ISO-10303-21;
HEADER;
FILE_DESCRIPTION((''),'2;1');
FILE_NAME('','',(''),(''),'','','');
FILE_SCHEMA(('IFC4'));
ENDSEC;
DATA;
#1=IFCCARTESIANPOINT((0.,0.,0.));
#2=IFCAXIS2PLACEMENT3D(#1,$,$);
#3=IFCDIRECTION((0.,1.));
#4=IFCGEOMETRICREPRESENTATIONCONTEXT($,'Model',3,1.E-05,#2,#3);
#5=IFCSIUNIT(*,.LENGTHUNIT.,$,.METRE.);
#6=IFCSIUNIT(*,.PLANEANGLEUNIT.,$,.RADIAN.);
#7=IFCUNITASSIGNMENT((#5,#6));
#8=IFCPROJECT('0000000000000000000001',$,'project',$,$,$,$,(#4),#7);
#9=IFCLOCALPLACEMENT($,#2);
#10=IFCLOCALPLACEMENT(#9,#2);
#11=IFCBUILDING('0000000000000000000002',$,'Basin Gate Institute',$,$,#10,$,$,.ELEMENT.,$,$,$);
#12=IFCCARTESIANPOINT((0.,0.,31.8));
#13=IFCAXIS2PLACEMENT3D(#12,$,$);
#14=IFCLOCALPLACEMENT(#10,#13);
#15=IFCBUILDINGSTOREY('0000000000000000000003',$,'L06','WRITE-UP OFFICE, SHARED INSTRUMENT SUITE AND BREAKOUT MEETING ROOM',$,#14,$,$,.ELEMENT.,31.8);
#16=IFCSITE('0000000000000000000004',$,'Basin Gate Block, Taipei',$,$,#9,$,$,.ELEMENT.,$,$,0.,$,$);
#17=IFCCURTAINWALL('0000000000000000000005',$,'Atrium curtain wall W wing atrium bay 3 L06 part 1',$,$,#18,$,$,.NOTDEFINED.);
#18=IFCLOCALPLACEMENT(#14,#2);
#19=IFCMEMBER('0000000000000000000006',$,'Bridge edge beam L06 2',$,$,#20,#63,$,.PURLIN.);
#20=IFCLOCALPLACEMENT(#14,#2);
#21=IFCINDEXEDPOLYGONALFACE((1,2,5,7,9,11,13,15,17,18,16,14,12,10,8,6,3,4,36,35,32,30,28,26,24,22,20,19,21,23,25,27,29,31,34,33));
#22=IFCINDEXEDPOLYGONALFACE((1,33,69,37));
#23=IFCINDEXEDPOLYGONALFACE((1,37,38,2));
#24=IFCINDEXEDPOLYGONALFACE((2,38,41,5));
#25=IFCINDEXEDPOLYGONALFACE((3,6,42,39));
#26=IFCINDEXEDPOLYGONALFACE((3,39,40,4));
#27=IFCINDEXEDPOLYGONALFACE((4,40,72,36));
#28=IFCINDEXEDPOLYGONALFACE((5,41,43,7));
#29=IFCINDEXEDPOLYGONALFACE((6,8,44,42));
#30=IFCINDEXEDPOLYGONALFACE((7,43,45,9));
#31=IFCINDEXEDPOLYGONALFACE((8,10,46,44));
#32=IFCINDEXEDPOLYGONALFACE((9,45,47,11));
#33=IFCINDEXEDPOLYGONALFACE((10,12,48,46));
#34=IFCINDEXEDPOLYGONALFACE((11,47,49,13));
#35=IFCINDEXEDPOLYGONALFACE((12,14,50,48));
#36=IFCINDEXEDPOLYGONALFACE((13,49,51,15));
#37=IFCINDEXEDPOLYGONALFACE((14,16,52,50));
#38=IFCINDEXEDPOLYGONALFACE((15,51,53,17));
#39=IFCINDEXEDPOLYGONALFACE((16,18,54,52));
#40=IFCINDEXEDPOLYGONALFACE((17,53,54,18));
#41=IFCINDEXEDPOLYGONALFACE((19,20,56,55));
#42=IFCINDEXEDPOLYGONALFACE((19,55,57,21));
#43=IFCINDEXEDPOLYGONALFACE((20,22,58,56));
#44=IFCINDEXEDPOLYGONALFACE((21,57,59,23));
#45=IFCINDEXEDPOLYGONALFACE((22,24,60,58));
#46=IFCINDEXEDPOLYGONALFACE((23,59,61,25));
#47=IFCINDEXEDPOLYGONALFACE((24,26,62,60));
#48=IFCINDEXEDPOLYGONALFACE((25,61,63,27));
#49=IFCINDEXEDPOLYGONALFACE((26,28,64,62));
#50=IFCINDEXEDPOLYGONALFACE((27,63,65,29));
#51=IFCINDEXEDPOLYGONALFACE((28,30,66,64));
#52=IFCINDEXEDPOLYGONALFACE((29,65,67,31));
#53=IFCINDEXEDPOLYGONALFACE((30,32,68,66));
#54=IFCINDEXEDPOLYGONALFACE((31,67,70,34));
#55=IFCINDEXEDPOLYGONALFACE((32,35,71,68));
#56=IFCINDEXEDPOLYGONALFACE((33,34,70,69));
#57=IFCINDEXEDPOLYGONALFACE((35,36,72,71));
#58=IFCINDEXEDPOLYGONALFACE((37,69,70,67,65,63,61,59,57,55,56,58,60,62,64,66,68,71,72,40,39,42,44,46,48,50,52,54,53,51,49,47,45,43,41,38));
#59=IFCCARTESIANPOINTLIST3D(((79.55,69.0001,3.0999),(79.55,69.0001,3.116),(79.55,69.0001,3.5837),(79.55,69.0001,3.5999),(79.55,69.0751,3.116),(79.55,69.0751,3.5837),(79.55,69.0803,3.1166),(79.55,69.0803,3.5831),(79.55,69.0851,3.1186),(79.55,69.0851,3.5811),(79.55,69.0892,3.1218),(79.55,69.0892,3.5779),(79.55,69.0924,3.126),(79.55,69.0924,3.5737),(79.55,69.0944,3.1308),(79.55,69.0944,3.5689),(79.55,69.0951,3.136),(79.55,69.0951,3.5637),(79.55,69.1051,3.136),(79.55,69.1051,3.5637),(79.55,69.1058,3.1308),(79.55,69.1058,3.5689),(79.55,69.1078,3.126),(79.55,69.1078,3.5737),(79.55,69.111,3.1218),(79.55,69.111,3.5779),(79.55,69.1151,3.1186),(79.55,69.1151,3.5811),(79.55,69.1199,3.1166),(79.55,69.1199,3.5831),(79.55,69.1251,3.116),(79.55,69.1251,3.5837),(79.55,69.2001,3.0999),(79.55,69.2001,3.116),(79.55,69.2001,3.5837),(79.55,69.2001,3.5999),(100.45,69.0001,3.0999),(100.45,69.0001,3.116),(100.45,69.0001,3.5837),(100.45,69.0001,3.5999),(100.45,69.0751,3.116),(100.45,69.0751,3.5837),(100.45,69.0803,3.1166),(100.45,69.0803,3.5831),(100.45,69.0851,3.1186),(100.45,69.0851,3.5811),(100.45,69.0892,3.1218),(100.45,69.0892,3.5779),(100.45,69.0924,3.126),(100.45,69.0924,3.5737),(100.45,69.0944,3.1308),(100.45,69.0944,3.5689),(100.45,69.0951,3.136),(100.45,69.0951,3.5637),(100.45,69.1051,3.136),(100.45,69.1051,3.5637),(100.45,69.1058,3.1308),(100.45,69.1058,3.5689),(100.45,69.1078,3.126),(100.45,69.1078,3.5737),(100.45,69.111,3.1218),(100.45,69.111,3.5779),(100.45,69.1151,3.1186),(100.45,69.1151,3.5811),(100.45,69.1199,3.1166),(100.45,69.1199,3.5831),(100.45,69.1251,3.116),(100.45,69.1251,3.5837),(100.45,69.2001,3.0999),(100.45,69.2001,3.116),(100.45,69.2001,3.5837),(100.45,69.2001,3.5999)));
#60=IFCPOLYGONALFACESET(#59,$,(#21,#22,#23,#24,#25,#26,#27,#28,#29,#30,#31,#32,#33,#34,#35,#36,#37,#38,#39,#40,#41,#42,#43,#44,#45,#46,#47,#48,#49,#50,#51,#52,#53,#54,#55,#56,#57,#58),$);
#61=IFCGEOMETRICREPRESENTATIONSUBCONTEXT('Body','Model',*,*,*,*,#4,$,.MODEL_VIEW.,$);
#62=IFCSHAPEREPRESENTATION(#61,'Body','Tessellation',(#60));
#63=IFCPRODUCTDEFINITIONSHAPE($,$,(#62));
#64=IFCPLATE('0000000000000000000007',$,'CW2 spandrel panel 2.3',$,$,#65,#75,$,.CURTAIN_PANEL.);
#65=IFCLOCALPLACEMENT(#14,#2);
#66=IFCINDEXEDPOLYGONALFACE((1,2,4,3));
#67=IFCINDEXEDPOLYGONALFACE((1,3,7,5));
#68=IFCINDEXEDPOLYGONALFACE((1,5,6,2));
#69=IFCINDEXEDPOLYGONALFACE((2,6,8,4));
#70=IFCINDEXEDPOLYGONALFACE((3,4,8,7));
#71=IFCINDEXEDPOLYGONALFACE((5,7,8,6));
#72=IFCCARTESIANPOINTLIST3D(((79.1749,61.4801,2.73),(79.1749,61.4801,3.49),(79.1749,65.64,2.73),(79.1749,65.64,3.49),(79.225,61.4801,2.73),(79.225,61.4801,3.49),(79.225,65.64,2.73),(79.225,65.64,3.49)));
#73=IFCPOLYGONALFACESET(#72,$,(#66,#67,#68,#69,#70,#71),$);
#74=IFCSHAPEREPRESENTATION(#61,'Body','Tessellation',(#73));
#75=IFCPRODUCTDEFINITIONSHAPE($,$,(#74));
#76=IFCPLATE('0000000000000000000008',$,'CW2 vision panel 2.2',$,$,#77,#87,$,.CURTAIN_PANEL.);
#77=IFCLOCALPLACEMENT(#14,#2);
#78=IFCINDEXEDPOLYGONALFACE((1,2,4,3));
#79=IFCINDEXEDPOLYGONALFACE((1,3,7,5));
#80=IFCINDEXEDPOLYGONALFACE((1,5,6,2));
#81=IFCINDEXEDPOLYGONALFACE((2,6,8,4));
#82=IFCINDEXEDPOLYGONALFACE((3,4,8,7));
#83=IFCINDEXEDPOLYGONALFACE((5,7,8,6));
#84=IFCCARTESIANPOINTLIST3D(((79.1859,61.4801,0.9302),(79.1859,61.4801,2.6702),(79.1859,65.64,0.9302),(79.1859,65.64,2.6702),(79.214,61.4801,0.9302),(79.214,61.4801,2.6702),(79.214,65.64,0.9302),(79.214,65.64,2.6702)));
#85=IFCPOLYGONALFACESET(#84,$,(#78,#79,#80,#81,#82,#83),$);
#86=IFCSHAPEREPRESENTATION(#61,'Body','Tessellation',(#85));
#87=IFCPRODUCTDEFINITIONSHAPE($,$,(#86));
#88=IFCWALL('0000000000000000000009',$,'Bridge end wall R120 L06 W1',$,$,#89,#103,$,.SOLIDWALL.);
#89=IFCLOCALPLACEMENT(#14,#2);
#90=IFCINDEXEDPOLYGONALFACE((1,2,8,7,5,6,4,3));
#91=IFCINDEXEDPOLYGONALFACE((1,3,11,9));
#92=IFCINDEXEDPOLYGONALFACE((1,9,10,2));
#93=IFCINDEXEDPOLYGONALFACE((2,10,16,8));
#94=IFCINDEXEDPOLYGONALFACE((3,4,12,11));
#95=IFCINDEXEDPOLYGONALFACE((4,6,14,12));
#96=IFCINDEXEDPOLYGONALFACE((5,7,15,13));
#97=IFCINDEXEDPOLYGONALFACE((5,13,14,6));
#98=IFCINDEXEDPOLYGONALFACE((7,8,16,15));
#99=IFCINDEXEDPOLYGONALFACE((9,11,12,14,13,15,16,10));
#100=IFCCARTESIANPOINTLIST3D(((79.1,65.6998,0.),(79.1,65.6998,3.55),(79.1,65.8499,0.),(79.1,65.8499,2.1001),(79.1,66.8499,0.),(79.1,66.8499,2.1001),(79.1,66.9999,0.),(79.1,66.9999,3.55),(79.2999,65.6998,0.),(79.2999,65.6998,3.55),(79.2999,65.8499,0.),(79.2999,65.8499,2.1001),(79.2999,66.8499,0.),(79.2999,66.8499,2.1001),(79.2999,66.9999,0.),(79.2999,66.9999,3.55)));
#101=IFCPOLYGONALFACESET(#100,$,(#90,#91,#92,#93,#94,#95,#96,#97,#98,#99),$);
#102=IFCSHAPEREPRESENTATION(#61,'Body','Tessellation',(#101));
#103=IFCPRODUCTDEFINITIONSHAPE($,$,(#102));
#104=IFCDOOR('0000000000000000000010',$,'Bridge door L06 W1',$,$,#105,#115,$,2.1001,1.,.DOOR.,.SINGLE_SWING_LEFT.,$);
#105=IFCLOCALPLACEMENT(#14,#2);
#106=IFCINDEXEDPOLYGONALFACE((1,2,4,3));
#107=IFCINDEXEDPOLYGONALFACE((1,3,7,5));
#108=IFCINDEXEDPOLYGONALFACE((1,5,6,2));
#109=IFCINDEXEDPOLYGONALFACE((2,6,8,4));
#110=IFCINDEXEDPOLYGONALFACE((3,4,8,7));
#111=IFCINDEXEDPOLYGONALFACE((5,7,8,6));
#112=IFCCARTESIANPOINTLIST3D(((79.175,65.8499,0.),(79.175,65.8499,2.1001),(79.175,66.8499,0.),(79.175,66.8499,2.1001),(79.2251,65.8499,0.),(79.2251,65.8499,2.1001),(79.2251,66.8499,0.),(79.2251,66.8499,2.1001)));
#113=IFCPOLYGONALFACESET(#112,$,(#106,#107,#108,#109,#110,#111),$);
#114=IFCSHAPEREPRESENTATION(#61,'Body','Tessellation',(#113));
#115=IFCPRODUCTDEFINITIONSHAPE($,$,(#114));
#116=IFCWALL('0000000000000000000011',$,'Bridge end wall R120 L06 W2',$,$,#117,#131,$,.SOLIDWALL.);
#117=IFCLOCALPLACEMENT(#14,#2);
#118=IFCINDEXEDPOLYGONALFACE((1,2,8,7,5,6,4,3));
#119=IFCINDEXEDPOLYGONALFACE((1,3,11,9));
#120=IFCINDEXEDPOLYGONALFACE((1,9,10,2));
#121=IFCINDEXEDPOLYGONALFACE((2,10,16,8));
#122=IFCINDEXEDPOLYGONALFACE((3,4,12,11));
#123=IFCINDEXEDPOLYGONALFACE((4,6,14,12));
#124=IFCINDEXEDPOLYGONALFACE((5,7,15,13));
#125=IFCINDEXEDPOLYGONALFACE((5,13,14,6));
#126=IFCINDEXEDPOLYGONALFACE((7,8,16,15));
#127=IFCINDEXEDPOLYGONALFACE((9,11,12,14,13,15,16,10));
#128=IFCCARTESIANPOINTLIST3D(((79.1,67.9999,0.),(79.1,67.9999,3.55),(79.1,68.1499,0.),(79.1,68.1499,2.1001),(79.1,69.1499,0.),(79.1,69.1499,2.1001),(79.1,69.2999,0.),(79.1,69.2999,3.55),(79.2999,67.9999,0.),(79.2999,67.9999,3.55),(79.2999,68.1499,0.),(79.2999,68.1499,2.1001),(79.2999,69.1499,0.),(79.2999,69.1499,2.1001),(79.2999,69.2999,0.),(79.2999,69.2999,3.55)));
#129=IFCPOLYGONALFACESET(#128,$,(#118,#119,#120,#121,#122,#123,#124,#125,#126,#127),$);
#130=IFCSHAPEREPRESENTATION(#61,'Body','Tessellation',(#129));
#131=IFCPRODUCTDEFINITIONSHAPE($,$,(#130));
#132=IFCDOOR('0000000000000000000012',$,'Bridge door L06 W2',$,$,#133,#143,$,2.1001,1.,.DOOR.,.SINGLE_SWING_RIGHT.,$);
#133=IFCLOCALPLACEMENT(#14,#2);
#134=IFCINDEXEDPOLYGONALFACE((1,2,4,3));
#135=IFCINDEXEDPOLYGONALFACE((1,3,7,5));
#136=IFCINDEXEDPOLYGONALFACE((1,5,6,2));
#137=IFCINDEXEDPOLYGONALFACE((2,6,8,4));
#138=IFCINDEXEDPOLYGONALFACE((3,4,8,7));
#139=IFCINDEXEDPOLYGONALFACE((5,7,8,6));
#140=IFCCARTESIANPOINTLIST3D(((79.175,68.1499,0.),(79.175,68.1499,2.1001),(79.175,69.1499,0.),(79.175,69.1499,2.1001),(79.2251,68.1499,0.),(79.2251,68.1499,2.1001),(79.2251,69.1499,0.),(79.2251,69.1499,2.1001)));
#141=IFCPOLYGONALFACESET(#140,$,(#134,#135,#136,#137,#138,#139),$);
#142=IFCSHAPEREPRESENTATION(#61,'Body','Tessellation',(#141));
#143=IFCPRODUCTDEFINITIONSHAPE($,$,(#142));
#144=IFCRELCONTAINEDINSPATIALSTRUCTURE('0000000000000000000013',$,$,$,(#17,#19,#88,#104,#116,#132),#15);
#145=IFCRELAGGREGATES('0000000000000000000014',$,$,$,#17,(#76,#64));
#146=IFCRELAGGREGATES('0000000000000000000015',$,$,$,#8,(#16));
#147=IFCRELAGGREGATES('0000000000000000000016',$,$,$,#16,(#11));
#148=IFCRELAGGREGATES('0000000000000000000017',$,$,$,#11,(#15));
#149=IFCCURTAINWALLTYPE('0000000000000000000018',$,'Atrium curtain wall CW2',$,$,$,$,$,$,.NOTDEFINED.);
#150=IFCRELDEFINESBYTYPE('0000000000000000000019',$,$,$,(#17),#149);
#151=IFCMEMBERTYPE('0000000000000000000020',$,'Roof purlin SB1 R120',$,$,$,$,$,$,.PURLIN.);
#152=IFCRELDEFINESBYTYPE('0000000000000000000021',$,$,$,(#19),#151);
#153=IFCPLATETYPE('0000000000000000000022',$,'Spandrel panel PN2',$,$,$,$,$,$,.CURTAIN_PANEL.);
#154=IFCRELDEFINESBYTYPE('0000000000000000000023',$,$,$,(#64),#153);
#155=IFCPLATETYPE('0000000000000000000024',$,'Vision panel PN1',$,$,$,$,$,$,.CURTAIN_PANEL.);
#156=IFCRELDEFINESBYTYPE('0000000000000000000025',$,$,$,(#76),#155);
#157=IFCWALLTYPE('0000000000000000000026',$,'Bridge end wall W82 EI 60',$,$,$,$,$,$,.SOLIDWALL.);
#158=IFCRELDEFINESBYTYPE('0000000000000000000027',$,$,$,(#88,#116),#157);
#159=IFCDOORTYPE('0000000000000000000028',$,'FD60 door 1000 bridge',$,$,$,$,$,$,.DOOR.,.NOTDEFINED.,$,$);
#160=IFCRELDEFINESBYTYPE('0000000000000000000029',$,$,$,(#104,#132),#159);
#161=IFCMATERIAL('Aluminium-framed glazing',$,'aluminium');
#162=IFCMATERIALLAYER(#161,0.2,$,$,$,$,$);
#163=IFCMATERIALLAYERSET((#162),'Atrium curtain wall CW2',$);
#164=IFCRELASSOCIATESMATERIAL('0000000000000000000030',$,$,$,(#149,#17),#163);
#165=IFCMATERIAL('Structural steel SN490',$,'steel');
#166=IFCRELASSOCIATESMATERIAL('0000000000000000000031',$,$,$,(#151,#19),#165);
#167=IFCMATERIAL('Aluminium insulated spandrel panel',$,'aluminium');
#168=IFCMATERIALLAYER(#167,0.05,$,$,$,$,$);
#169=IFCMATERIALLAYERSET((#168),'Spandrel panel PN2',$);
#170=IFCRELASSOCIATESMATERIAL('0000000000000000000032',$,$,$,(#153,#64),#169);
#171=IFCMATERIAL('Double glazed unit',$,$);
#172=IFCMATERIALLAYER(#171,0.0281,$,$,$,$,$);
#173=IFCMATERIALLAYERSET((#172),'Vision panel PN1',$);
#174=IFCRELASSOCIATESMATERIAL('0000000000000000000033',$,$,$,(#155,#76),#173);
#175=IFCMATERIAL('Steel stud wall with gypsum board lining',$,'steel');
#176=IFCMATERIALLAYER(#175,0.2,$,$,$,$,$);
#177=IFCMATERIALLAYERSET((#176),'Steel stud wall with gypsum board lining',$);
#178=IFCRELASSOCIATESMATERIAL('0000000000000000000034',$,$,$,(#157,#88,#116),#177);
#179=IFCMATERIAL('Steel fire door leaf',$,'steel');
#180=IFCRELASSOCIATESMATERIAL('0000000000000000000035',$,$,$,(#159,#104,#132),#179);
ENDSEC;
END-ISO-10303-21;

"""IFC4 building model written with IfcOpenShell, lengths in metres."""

from ifc_helpers import new_model, si_unit, direction, frame, frame_2d, origin, origin_2d, place, context, subcontext, project, spatial, rectangle, i_section, extrude, material, layer, layer_set, material_profile, profile_set, type_object, element, fill, aggregate, save


model = new_model("IFC4")

# Units and contexts
model_context = context("Model", 3, precision=1e-05, world=origin(), true_north=direction((0.0, 1.0)))
body_context = subcontext(model_context, "Body", "Model", "MODEL_VIEW")
ifc_project = project(units=[si_unit("LENGTHUNIT", "METRE"), si_unit("PLANEANGLEUNIT", "RADIAN")], contexts=[model_context])

# Site, building, storey
site_placement = place(None, origin())
site = spatial("IfcSite", under=ifc_project, at=site_placement, Name="Basin Gate Block, Taipei", CompositionType="ELEMENT", RefElevation=0.0)
building_placement = place(site_placement, origin())
building = spatial("IfcBuilding", under=site, at=building_placement, Name="Basin Gate Institute", CompositionType="ELEMENT")
storey_placement = place(building_placement, frame((0.0, 0.0, 31.8)))
storey = spatial("IfcBuildingStorey", under=building, at=storey_placement, Name="L06", Description="WRITE-UP OFFICE, SHARED INSTRUMENT SUITE AND BREAKOUT MEETING ROOM", CompositionType="ELEMENT", Elevation=31.8)

# Curtain wall
ifc_material_1 = material(Name="Aluminium-framed glazing", Category="aluminium")
ifc_layer_1 = layer(ifc_material_1, 0.2)
ifc_layer_set_1 = layer_set([ifc_layer_1], Name="Atrium curtain wall CW2")
curtain_wall_type_1 = type_object("IfcCurtainWallType", Name="Atrium curtain wall CW2", PredefinedType="NOTDEFINED", material=ifc_layer_set_1)
curtain_wall_1_placement = place(storey_placement, origin())
curtain_wall_1 = element("IfcCurtainWall", 1, at=curtain_wall_1_placement, inside=storey, type_object=curtain_wall_type_1, material=ifc_layer_set_1, Name="Atrium curtain wall W wing atrium bay 3 L06 part 1", PredefinedType="NOTDEFINED")

# Member
ifc_material_2 = material(Name="Structural steel SN490", Category="steel")
ifc_material_profile_1 = material_profile(ifc_material_2, i_section(OverallWidth=0.2, OverallDepth=0.5, WebThickness=0.01, FlangeThickness=0.0161, FilletRadius=0.02, at=origin_2d()), Name="H500x200")
ifc_profile_set_1 = profile_set([ifc_material_profile_1], Name="Structural steel SN490")
member_type_1 = type_object("IfcMemberType", Name="Roof purlin SB1 R120", PredefinedType="PURLIN", material=ifc_profile_set_1)
for number, where, z_axis, x_axis, name in (
    (2, (79.55, 69.1001, 3.3499), (1.0, 0.0, 0.0), (0.0, 1.0, 0.0), "Bridge edge beam L06 2"),
):
    element("IfcMember", number, at=place(storey_placement, frame(where, z_axis=z_axis, x_axis=x_axis)), inside=storey, type_object=member_type_1, material=ifc_profile_set_1, Name=name, PredefinedType="PURLIN", context=body_context, shape_type="SweptSolid", body=[
        extrude(i_section(OverallWidth=0.2, OverallDepth=0.5, WebThickness=0.01, FlangeThickness=0.0161, FilletRadius=0.02, at=origin_2d()), origin(), (0.0, 0.0, 1.0), 20.8999),
    ])

# Plates
ifc_material_3 = material(Name="Aluminium insulated spandrel panel", Category="aluminium")
ifc_layer_2 = layer(ifc_material_3, 0.05)
ifc_layer_set_2 = layer_set([ifc_layer_2], Name="Spandrel panel PN2")
plate_type_1 = type_object("IfcPlateType", Name="Spandrel panel PN2", PredefinedType="CURTAIN_PANEL", material=ifc_layer_set_2)
plate_1_placement = place(storey_placement, frame((79.2, 63.5601, 2.73), z_axis=(0.0, 0.0, 1.0), x_axis=(0.0, 1.0, 0.0)))
plate_1 = element("IfcPlate", 3, at=plate_1_placement, type_object=plate_type_1, material=ifc_layer_set_2, Name="CW2 spandrel panel 2.3", PredefinedType="CURTAIN_PANEL", context=body_context, shape_type="SweptSolid", body=[
    extrude(rectangle(XDim=4.1599, YDim=0.05, at=origin_2d()), origin(), (0.0, 0.0, 1.0), 0.76),
])
ifc_material_4 = material(Name="Double glazed unit")
ifc_layer_3 = layer(ifc_material_4, 0.0281)
ifc_layer_set_3 = layer_set([ifc_layer_3], Name="Vision panel PN1")
plate_type_2 = type_object("IfcPlateType", Name="Vision panel PN1", PredefinedType="CURTAIN_PANEL", material=ifc_layer_set_3)
plate_2_placement = place(storey_placement, frame((79.2, 63.5601, 0.9302), z_axis=(0.0, 0.0, 1.0), x_axis=(0.0, 1.0, 0.0)))
plate_2 = element("IfcPlate", 4, at=plate_2_placement, type_object=plate_type_2, material=ifc_layer_set_3, Name="CW2 vision panel 2.2", PredefinedType="CURTAIN_PANEL", context=body_context, shape_type="SweptSolid", body=[
    extrude(rectangle(XDim=4.1599, YDim=0.0281, at=origin_2d()), origin(), (0.0, 0.0, 1.0), 1.74),
])
aggregate(curtain_wall_1, [plate_2, plate_1])

# Walls, openings, doors
ifc_material_5 = material(Name="Steel stud wall with gypsum board lining", Category="steel")
ifc_layer_4 = layer(ifc_material_5, 0.2)
ifc_layer_set_4 = layer_set([ifc_layer_4], Name="Steel stud wall with gypsum board lining")
wall_type = type_object("IfcWallType", Name="Bridge end wall W82 EI 60", PredefinedType="SOLIDWALL", material=ifc_layer_set_4)
wall_1_placement = place(storey_placement, frame((79.2, 65.7, 0.0), z_axis=(0.0, 0.0, 1.0), x_axis=(0.0, 1.0, 0.0)))
wall_1 = element("IfcWall", 5, at=wall_1_placement, inside=storey, type_object=wall_type, material=ifc_layer_set_4, Name="Bridge end wall R120 L06 W1", PredefinedType="SOLIDWALL", context=body_context, shape_type="SweptSolid", body=[
    extrude(rectangle(XDim=1.3, YDim=0.2, at=frame_2d((0.6499, 0.0))), origin(), (0.0, 0.0, 1.0), 3.55),
])
opening_1_placement = place(wall_1_placement, frame((0.1499, 0.0, 0.0)))
opening_1 = element("IfcOpeningElement", 6, at=opening_1_placement, cuts=wall_1, PredefinedType="OPENING", context=body_context, shape_type="SweptSolid", body=[
    extrude(rectangle(XDim=1.0, YDim=2.1001, at=frame_2d((0.5, 1.05))), frame((0.0, 0.1099, 0.0), z_axis=(0.0, -1.0, 0.0), x_axis=(1.0, 0.0, 0.0)), (0.0, 0.0, 1.0), 0.22),
])
ifc_material_6 = material(Name="Steel fire door leaf", Category="steel")
door_type = type_object("IfcDoorType", Name="FD60 door 1000 bridge", OperationType="NOTDEFINED", PredefinedType="DOOR", material=ifc_material_6)
door_1_placement = place(opening_1_placement, origin())
door_1 = element("IfcDoor", 7, at=door_1_placement, inside=storey, type_object=door_type, material=ifc_material_6, Name="Bridge door L06 W1", OperationType="SINGLE_SWING_LEFT", OverallHeight=2.1001, OverallWidth=1.0, PredefinedType="DOOR", context=body_context, shape_type="SweptSolid", body=[
    extrude(rectangle(XDim=1.0, YDim=2.1001, at=frame_2d((0.5, 1.05))), frame((0.0, 0.0249, 0.0), z_axis=(0.0, -1.0, 0.0), x_axis=(1.0, 0.0, 0.0)), (0.0, 0.0, 1.0), 0.05),
])
fill(opening_1, door_1)
wall_2_placement = place(storey_placement, frame((79.2, 68.0, 0.0), z_axis=(0.0, 0.0, 1.0), x_axis=(0.0, 1.0, 0.0)))
wall_2 = element("IfcWall", 8, at=wall_2_placement, inside=storey, type_object=wall_type, material=ifc_layer_set_4, Name="Bridge end wall R120 L06 W2", PredefinedType="SOLIDWALL", context=body_context, shape_type="SweptSolid", body=[
    extrude(rectangle(XDim=1.3, YDim=0.2, at=frame_2d((0.6499, 0.0))), origin(), (0.0, 0.0, 1.0), 3.55),
])
opening_2_placement = place(wall_2_placement, frame((0.1499, 0.0, 0.0)))
opening_2 = element("IfcOpeningElement", 9, at=opening_2_placement, cuts=wall_2, PredefinedType="OPENING", context=body_context, shape_type="SweptSolid", body=[
    extrude(rectangle(XDim=1.0, YDim=2.1001, at=frame_2d((0.5, 1.05))), frame((0.0, 0.1099, 0.0), z_axis=(0.0, -1.0, 0.0), x_axis=(1.0, 0.0, 0.0)), (0.0, 0.0, 1.0), 0.22),
])
door_2_placement = place(opening_2_placement, origin())
door_2 = element("IfcDoor", 10, at=door_2_placement, inside=storey, type_object=door_type, material=ifc_material_6, Name="Bridge door L06 W2", OperationType="SINGLE_SWING_RIGHT", OverallHeight=2.1001, OverallWidth=1.0, PredefinedType="DOOR", context=body_context, shape_type="SweptSolid", body=[
    extrude(rectangle(XDim=1.0, YDim=2.1001, at=frame_2d((0.5, 1.05))), frame((0.0, 0.0249, 0.0), z_axis=(0.0, -1.0, 0.0), x_axis=(1.0, 0.0, 0.0)), (0.0, 0.0, 1.0), 0.05),
])
fill(opening_2, door_2)

save(model, "model.ifc")
